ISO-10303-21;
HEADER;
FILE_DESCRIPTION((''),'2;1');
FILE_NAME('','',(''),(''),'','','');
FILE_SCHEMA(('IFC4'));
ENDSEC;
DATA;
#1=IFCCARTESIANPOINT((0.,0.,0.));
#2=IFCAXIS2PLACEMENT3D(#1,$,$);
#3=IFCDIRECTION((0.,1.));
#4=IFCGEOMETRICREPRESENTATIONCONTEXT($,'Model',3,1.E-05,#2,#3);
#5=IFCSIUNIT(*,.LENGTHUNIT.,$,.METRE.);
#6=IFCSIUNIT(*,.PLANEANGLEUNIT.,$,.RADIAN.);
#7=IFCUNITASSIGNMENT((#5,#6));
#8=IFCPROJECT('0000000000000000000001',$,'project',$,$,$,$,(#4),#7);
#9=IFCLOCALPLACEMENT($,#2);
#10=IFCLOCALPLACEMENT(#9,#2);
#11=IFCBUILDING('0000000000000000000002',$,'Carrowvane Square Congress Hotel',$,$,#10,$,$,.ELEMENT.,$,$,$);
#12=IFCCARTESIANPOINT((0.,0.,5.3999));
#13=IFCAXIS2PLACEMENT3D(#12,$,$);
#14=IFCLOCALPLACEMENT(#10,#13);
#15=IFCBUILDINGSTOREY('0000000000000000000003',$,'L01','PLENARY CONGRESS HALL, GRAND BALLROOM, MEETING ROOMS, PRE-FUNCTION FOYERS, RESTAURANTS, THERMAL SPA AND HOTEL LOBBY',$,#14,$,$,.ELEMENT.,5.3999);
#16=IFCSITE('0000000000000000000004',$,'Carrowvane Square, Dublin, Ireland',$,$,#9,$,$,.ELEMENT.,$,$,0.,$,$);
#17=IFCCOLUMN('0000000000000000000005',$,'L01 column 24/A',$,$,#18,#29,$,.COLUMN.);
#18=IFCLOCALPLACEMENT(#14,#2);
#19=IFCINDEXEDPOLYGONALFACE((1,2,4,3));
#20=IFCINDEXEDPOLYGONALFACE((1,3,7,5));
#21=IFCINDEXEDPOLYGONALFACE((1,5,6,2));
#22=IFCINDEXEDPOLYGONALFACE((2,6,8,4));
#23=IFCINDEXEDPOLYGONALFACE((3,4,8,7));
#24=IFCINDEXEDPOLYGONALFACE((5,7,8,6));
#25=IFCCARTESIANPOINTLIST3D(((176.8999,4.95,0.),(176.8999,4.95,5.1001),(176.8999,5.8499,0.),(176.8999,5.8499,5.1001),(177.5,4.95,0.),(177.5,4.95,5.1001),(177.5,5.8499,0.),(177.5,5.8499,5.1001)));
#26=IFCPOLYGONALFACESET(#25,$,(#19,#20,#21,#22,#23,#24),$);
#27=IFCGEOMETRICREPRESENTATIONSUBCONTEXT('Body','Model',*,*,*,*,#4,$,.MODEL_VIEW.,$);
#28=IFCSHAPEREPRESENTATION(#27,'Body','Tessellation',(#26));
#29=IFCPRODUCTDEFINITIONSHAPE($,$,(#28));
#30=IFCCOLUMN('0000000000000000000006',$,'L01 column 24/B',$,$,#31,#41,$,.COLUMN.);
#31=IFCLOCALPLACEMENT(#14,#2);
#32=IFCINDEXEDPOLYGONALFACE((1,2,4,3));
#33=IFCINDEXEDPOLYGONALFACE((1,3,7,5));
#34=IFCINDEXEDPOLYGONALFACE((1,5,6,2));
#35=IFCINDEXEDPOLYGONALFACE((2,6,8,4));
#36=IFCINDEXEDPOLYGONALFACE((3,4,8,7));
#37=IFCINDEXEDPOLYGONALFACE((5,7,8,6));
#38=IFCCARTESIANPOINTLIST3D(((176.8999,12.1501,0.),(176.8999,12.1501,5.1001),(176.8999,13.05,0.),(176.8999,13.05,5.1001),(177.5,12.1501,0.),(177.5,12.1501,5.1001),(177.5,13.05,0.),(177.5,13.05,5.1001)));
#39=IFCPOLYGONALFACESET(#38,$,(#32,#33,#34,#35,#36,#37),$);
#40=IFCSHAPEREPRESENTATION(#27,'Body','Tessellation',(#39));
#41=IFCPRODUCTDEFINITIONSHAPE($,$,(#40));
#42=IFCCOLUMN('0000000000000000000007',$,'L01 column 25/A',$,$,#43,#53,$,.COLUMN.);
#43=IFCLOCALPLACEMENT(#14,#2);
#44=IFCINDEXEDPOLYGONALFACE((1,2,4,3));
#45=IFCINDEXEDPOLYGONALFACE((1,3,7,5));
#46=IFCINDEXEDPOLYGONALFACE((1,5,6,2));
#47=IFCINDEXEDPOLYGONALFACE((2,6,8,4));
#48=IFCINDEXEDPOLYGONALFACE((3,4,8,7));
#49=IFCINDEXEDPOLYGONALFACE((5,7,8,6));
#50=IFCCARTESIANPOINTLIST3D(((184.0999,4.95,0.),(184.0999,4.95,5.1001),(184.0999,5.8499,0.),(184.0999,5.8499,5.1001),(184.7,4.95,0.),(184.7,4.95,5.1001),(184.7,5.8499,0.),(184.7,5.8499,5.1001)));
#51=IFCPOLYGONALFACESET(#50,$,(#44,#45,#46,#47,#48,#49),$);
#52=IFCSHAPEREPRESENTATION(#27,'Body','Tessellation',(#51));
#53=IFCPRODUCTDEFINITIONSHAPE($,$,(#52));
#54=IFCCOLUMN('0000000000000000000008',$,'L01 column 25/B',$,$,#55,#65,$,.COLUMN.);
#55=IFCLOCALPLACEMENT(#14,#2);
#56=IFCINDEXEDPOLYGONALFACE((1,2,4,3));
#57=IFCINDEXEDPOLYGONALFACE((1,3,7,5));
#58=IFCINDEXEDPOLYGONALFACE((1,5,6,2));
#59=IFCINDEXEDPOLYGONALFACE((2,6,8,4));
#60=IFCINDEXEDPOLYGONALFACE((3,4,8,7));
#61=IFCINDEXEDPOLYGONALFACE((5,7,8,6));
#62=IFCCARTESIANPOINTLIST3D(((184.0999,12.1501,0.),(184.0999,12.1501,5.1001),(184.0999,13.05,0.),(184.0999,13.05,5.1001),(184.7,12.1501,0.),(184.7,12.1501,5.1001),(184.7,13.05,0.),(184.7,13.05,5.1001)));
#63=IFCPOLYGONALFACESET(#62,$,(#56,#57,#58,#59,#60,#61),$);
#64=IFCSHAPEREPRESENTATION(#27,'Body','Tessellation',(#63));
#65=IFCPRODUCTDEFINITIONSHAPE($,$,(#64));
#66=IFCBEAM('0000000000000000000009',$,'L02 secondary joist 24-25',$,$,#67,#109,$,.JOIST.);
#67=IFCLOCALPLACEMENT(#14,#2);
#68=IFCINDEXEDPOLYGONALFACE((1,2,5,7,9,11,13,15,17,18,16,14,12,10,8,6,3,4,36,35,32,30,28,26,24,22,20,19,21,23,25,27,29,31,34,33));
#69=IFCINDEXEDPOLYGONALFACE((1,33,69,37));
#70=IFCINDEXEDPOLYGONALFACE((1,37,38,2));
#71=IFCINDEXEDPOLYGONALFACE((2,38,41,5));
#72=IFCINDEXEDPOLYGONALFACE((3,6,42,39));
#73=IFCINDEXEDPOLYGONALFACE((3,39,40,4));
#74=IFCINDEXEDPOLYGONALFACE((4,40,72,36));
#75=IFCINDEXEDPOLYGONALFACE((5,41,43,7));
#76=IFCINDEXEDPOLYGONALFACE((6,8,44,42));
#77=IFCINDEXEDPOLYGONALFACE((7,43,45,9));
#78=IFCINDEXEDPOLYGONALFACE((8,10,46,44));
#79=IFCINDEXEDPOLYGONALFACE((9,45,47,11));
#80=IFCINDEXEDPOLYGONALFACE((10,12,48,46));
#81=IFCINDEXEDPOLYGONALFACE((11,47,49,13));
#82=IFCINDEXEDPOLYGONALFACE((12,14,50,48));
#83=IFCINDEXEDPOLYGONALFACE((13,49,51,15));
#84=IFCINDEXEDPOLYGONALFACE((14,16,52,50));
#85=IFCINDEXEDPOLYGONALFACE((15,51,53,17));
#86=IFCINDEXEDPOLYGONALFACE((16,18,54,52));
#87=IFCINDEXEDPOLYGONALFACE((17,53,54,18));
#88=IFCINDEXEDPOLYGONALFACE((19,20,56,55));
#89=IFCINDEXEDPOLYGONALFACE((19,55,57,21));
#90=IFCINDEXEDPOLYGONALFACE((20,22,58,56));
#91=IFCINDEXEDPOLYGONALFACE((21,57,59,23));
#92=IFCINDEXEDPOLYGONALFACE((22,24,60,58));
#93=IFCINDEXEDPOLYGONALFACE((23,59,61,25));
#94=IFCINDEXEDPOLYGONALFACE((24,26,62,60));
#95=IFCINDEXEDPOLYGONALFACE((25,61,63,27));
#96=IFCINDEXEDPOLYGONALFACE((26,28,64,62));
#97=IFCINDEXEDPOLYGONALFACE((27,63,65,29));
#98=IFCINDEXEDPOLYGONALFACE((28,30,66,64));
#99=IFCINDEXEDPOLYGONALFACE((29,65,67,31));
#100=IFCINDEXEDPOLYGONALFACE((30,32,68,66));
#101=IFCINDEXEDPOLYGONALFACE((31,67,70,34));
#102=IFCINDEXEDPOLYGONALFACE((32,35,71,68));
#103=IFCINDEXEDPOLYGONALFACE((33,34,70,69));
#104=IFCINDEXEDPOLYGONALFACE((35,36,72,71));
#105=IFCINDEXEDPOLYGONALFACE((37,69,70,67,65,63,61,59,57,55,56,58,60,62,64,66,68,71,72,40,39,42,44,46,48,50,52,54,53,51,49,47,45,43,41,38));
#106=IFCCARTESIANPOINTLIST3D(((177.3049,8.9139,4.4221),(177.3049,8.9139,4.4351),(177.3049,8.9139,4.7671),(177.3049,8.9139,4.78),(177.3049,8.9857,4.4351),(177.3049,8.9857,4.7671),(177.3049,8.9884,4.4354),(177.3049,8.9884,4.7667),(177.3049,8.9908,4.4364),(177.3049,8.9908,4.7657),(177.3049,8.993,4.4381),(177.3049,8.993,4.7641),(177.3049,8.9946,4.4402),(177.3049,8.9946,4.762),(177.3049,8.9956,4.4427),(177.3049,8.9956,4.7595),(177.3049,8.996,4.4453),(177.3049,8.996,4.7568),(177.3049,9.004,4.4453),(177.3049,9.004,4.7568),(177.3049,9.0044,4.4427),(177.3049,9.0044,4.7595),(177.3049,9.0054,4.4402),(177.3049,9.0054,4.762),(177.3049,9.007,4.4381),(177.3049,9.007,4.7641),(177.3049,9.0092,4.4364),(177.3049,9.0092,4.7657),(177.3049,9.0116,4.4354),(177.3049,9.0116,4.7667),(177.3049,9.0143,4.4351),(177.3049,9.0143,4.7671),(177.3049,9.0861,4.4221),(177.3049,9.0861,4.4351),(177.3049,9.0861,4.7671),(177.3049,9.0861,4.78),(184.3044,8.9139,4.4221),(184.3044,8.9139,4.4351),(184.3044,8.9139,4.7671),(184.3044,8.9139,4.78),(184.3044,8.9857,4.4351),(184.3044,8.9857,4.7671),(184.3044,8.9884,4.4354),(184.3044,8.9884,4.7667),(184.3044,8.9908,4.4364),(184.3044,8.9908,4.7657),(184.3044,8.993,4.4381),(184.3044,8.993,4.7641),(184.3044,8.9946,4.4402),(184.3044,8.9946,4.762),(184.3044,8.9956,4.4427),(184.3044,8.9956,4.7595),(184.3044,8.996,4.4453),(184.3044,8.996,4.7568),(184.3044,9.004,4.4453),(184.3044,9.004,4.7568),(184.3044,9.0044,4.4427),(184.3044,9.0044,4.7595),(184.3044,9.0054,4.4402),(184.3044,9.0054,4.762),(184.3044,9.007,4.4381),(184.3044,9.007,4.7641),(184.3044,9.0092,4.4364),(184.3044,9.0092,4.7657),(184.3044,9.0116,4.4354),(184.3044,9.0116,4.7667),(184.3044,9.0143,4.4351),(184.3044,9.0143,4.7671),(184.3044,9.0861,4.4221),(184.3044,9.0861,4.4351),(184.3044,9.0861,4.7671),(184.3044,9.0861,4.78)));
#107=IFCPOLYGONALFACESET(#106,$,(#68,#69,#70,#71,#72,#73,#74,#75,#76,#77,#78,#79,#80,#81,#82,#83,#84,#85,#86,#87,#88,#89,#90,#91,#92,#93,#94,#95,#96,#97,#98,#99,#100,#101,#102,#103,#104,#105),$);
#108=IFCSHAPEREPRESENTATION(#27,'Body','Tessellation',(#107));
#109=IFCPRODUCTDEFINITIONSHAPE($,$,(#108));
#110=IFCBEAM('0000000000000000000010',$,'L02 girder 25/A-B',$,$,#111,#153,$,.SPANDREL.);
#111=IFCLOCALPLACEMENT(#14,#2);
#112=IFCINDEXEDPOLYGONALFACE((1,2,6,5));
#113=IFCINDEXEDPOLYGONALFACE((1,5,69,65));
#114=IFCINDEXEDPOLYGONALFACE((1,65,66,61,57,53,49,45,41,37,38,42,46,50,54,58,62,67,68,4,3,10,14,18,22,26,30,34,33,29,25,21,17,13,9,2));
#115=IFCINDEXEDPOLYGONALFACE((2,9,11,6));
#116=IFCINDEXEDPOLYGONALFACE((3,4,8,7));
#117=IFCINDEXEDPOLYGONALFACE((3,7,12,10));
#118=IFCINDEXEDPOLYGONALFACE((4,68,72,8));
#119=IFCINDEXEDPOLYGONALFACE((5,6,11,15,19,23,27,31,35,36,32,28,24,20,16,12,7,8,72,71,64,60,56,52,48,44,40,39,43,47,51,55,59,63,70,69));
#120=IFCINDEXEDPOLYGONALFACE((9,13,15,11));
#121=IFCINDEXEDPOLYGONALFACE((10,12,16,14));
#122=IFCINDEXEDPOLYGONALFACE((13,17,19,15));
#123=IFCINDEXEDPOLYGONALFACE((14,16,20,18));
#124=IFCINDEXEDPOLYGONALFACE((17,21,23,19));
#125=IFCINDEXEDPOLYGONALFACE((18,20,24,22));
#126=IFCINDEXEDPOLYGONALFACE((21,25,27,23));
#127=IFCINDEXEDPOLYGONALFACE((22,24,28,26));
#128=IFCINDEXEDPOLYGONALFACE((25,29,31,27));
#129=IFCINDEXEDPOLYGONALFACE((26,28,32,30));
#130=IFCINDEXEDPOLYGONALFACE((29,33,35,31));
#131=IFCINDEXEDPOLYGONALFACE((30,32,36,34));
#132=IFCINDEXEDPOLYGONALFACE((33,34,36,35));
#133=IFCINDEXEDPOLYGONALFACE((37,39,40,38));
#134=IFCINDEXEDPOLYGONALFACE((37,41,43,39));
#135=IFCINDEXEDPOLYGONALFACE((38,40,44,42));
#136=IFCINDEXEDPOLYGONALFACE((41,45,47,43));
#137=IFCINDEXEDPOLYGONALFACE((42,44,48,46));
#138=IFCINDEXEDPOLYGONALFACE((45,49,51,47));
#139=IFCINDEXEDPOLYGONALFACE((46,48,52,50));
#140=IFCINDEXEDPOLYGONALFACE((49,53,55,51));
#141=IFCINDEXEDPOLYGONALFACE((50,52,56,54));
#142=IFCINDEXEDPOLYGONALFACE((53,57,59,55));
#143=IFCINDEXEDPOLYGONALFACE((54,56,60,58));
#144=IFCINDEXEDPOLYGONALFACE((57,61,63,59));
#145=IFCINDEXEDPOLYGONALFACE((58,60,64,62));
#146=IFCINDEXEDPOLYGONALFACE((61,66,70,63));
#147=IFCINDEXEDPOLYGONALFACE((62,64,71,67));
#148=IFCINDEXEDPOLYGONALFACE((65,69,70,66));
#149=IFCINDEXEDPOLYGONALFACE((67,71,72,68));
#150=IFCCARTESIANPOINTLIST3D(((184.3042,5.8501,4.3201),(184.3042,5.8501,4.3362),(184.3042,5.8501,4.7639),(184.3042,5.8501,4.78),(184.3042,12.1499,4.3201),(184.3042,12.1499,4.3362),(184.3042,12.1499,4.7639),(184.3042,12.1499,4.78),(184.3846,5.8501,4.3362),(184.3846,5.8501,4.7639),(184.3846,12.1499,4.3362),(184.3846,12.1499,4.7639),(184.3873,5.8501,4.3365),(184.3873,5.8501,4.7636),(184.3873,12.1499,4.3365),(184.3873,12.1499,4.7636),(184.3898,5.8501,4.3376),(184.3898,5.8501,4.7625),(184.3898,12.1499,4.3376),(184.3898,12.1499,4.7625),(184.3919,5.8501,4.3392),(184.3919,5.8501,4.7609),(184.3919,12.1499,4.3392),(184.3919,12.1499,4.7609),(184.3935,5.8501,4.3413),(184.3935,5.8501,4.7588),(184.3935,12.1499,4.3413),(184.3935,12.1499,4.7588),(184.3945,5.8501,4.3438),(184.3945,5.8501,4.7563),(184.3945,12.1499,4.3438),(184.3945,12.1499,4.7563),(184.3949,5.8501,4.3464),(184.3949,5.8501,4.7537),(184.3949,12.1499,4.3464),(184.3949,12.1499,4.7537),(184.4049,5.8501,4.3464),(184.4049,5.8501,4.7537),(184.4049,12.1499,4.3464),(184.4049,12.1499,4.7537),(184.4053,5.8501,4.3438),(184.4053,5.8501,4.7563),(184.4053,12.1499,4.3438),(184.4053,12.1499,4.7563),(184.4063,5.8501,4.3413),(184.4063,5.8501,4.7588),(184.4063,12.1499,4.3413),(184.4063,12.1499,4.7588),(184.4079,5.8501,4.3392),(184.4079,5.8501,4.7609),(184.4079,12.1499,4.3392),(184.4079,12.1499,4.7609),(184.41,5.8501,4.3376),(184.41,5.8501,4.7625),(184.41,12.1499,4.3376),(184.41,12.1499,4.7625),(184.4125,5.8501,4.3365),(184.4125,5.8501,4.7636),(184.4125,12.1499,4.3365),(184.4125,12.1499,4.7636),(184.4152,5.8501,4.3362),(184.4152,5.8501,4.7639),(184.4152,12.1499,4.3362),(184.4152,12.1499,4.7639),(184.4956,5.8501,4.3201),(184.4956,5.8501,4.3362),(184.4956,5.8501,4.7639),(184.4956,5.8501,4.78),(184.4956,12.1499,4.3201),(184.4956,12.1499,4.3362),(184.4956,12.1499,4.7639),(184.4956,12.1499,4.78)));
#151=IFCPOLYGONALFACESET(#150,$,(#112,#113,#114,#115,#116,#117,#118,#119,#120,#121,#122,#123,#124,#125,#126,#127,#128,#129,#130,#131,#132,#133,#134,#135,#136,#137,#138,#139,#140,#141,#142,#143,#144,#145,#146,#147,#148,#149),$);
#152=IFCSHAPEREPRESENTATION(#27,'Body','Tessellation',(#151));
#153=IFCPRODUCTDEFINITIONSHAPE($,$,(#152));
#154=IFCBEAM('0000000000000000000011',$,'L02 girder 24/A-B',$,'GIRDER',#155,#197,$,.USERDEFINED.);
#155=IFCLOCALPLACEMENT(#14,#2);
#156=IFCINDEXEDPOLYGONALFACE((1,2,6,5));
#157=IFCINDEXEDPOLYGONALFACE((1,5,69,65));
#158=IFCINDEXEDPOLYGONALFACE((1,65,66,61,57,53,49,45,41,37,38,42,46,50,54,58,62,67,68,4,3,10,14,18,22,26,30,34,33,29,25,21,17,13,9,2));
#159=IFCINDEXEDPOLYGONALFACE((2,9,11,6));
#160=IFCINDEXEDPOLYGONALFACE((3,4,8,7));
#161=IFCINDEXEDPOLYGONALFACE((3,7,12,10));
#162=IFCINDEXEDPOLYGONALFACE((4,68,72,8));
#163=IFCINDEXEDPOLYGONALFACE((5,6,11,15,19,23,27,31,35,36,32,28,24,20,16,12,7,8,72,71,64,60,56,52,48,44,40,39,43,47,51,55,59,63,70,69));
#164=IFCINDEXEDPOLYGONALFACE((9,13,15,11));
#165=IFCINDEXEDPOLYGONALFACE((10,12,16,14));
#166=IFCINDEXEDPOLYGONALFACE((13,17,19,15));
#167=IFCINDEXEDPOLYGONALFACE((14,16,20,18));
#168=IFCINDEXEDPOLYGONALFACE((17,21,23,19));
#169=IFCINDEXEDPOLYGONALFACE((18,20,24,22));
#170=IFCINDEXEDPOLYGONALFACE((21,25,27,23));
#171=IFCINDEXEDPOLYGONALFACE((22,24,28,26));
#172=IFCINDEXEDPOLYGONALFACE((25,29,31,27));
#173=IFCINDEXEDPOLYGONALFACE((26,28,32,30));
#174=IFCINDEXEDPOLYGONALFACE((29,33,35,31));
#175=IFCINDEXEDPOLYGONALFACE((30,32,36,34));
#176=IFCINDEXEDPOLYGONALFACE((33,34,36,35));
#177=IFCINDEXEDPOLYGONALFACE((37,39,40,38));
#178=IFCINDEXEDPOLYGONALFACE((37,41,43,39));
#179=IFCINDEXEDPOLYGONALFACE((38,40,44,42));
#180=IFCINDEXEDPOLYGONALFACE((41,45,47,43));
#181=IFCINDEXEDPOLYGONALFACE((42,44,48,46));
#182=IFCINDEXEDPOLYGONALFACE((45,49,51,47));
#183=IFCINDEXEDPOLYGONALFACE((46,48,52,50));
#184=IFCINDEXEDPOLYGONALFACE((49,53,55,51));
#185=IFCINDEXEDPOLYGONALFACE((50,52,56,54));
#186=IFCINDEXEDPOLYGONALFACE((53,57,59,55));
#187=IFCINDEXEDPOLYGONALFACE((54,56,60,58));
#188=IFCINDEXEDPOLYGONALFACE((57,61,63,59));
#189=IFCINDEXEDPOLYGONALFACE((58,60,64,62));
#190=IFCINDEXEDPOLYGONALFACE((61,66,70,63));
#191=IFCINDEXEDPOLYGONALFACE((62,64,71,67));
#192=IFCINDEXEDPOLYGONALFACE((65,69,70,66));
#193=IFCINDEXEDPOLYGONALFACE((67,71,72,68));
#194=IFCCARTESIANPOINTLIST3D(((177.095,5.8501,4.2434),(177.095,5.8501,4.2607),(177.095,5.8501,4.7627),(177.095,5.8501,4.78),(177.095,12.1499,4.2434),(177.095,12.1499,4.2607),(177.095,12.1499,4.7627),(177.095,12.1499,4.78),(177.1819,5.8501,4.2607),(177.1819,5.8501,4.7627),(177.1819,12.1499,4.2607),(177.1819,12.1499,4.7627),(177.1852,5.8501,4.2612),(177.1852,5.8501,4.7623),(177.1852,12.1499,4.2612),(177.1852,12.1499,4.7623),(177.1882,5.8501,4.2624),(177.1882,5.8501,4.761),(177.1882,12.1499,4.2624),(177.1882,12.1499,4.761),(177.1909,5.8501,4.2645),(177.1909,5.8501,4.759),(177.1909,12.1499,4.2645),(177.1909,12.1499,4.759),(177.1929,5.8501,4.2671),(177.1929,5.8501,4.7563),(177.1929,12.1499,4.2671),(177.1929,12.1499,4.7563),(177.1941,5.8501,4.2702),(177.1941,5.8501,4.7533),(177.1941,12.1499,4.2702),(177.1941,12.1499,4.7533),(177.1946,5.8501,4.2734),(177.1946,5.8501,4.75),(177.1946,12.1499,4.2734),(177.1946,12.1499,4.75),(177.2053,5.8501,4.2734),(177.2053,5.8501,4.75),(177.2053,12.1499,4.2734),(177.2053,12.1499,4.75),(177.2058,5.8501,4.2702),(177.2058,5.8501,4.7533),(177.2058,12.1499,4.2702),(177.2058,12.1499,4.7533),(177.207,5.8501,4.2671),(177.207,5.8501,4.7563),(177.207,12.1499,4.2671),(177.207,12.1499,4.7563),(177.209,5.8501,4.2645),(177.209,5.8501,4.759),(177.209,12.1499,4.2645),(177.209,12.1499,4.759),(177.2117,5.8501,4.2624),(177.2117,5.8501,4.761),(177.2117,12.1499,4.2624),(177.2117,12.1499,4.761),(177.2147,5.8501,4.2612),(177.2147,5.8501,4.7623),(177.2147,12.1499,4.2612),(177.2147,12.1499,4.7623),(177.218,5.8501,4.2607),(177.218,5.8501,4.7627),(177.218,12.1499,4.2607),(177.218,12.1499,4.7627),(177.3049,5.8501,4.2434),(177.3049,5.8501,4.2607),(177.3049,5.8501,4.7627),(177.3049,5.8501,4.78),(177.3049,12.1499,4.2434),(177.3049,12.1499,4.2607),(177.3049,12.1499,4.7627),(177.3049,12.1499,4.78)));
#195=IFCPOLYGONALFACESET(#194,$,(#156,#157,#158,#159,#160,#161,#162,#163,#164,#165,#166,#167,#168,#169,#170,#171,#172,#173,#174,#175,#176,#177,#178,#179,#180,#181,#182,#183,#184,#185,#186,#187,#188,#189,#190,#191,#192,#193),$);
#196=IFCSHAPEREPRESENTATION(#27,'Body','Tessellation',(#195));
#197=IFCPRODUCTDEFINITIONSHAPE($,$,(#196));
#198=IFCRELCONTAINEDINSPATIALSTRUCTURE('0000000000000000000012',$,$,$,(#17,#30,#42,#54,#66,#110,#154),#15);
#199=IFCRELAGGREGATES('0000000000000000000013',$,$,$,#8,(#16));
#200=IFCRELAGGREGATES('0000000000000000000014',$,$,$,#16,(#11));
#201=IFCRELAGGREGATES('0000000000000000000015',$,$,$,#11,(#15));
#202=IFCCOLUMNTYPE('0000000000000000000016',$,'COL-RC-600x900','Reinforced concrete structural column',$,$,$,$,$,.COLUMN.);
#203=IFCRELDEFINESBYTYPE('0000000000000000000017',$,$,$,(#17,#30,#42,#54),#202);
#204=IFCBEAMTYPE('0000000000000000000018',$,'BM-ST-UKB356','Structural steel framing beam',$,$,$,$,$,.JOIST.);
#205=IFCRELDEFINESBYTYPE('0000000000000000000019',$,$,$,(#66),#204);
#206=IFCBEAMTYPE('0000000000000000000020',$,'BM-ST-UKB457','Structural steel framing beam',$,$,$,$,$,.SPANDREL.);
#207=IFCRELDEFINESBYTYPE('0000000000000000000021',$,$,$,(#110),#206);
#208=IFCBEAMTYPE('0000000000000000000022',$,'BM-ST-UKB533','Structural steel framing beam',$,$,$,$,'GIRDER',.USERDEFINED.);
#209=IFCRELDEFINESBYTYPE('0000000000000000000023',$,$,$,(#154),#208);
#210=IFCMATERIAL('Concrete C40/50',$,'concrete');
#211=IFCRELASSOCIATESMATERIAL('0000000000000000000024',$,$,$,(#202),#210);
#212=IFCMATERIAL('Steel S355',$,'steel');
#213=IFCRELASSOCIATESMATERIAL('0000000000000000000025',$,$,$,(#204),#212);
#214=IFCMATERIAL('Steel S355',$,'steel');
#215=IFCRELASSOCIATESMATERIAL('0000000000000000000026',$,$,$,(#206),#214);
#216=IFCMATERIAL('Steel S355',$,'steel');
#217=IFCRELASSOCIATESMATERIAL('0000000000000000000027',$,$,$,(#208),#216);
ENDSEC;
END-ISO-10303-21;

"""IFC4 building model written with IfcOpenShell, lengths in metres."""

from ifc_helpers import new_model, si_unit, direction, frame, origin, origin_2d, place, context, subcontext, project, spatial, rectangle, i_section, extrude, material, material_profile, profile_set, type_object, element, save


model = new_model("IFC4")

# Units and contexts
model_context = context("Model", 3, precision=1e-05, world=origin(), true_north=direction((0.0, 1.0)))
body_context = subcontext(model_context, "Body", "Model", "MODEL_VIEW")
ifc_project = project(units=[si_unit("LENGTHUNIT", "METRE"), si_unit("PLANEANGLEUNIT", "RADIAN")], contexts=[model_context])

# Site, building, storey
site_placement = place(None, origin())
site = spatial("IfcSite", under=ifc_project, at=site_placement, Name="Carrowvane Square, Dublin, Ireland", CompositionType="ELEMENT", RefElevation=0.0)
building_placement = place(site_placement, origin())
building = spatial("IfcBuilding", under=site, at=building_placement, Name="Carrowvane Square Congress Hotel", CompositionType="ELEMENT")
storey_placement = place(building_placement, frame((0.0, 0.0, 5.3999)))
storey = spatial("IfcBuildingStorey", under=building, at=storey_placement, Name="L01", Description="PLENARY CONGRESS HALL, GRAND BALLROOM, MEETING ROOMS, PRE-FUNCTION FOYERS, RESTAURANTS, THERMAL SPA AND HOTEL LOBBY", CompositionType="ELEMENT", Elevation=5.3999)

# Columns
ifc_material_1 = material(Name="Concrete C40/50", Category="concrete")
ifc_material_profile_1 = material_profile(ifc_material_1, rectangle(XDim=0.6001, YDim=0.8999, at=origin_2d()), Name="RC 600x900")
ifc_profile_set_1 = profile_set([ifc_material_profile_1], Name="Concrete C40/50")
column_type = type_object("IfcColumnType", Name="COL-RC-600x900", Description="Reinforced concrete structural column", PredefinedType="COLUMN", material=ifc_profile_set_1)
for number, where, z_axis, x_axis, name in (
    (1, (177.2, 5.3999, 0.0), (0.0, 0.0, 1.0), (1.0, 0.0, 0.0), "L01 column 24/A"),
    (2, (177.2, 12.6001, 0.0), (0.0, 0.0, 1.0), (1.0, 0.0, 0.0), "L01 column 24/B"),
    (3, (184.3999, 5.3999, 0.0), (0.0, 0.0, 1.0), (1.0, 0.0, 0.0), "L01 column 25/A"),
    (4, (184.3999, 12.6001, 0.0), (0.0, 0.0, 1.0), (1.0, 0.0, 0.0), "L01 column 25/B"),
):
    element("IfcColumn", number, at=place(storey_placement, frame(where, z_axis=z_axis, x_axis=x_axis)), inside=storey, type_object=column_type, Name=name, PredefinedType="COLUMN", context=body_context, shape_type="SweptSolid", body=[
        extrude(rectangle(XDim=0.6001, YDim=0.8999, at=origin_2d()), origin(), (0.0, 0.0, 1.0), 5.1001),
    ])

# Beams
ifc_material_2 = material(Name="Steel S355", Category="steel")
ifc_material_profile_2 = material_profile(ifc_material_2, i_section(OverallWidth=0.1721, OverallDepth=0.3579, WebThickness=0.0081, FlangeThickness=0.0129, FilletRadius=0.0103, at=origin_2d()), Name="UKB 356x171x57")
ifc_profile_set_2 = profile_set([ifc_material_profile_2], Name="Steel S355")
beam_type_1 = type_object("IfcBeamType", Name="BM-ST-UKB356", Description="Structural steel framing beam", PredefinedType="JOIST", material=ifc_profile_set_2)
beam_1_placement = place(storey_placement, frame((177.3049, 9.0, 4.6011), z_axis=(1.0, 0.0, 0.0), x_axis=(0.0, 1.0, 0.0)))
element("IfcBeam", 5, at=beam_1_placement, inside=storey, type_object=beam_type_1, Name="L02 secondary joist 24-25", PredefinedType="JOIST", context=body_context, shape_type="SweptSolid", body=[
    extrude(i_section(OverallWidth=0.1721, OverallDepth=0.3579, WebThickness=0.0081, FlangeThickness=0.0129, FilletRadius=0.0103, at=origin_2d()), origin(), (0.0, 0.0, 1.0), 6.9995),
])
ifc_material_3 = material(Name="Steel S355", Category="steel")
ifc_material_profile_3 = material_profile(ifc_material_3, i_section(OverallWidth=0.1914, OverallDepth=0.46, WebThickness=0.01, FlangeThickness=0.0161, FilletRadius=0.0103, at=origin_2d()), Name="UKB 457x191x82")
ifc_profile_set_3 = profile_set([ifc_material_profile_3], Name="Steel S355")
beam_type_2 = type_object("IfcBeamType", Name="BM-ST-UKB457", Description="Structural steel framing beam", PredefinedType="SPANDREL", material=ifc_profile_set_3)
beam_2_placement = place(storey_placement, frame((184.3999, 5.8501, 4.55), z_axis=(0.0, 1.0, 0.0), x_axis=(-1.0, 0.0, 0.0)))
element("IfcBeam", 6, at=beam_2_placement, inside=storey, type_object=beam_type_2, Name="L02 girder 25/A-B", PredefinedType="SPANDREL", context=body_context, shape_type="SweptSolid", body=[
    extrude(i_section(OverallWidth=0.1914, OverallDepth=0.46, WebThickness=0.01, FlangeThickness=0.0161, FilletRadius=0.0103, at=origin_2d()), origin(), (0.0, 0.0, 1.0), 6.2998),
])
ifc_material_4 = material(Name="Steel S355", Category="steel")
ifc_material_profile_4 = material_profile(ifc_material_4, i_section(OverallWidth=0.21, OverallDepth=0.5366, WebThickness=0.0107, FlangeThickness=0.0173, FilletRadius=0.0127, at=origin_2d()), Name="UKB 533x210x101")
ifc_profile_set_4 = profile_set([ifc_material_profile_4], Name="Steel S355")
beam_type_3 = type_object("IfcBeamType", Name="BM-ST-UKB533", Description="Structural steel framing beam", ElementType="GIRDER", PredefinedType="USERDEFINED", material=ifc_profile_set_4)
beam_3_placement = place(storey_placement, frame((177.2, 5.8501, 4.5117), z_axis=(0.0, 1.0, 0.0), x_axis=(-1.0, 0.0, 0.0)))
element("IfcBeam", 7, at=beam_3_placement, inside=storey, type_object=beam_type_3, Name="L02 girder 24/A-B", ObjectType="GIRDER", PredefinedType="USERDEFINED", context=body_context, shape_type="SweptSolid", body=[
    extrude(i_section(OverallWidth=0.21, OverallDepth=0.5366, WebThickness=0.0107, FlangeThickness=0.0173, FilletRadius=0.0127, at=origin_2d()), origin(), (0.0, 0.0, 1.0), 6.2998),
])

save(model, "model.ifc")
